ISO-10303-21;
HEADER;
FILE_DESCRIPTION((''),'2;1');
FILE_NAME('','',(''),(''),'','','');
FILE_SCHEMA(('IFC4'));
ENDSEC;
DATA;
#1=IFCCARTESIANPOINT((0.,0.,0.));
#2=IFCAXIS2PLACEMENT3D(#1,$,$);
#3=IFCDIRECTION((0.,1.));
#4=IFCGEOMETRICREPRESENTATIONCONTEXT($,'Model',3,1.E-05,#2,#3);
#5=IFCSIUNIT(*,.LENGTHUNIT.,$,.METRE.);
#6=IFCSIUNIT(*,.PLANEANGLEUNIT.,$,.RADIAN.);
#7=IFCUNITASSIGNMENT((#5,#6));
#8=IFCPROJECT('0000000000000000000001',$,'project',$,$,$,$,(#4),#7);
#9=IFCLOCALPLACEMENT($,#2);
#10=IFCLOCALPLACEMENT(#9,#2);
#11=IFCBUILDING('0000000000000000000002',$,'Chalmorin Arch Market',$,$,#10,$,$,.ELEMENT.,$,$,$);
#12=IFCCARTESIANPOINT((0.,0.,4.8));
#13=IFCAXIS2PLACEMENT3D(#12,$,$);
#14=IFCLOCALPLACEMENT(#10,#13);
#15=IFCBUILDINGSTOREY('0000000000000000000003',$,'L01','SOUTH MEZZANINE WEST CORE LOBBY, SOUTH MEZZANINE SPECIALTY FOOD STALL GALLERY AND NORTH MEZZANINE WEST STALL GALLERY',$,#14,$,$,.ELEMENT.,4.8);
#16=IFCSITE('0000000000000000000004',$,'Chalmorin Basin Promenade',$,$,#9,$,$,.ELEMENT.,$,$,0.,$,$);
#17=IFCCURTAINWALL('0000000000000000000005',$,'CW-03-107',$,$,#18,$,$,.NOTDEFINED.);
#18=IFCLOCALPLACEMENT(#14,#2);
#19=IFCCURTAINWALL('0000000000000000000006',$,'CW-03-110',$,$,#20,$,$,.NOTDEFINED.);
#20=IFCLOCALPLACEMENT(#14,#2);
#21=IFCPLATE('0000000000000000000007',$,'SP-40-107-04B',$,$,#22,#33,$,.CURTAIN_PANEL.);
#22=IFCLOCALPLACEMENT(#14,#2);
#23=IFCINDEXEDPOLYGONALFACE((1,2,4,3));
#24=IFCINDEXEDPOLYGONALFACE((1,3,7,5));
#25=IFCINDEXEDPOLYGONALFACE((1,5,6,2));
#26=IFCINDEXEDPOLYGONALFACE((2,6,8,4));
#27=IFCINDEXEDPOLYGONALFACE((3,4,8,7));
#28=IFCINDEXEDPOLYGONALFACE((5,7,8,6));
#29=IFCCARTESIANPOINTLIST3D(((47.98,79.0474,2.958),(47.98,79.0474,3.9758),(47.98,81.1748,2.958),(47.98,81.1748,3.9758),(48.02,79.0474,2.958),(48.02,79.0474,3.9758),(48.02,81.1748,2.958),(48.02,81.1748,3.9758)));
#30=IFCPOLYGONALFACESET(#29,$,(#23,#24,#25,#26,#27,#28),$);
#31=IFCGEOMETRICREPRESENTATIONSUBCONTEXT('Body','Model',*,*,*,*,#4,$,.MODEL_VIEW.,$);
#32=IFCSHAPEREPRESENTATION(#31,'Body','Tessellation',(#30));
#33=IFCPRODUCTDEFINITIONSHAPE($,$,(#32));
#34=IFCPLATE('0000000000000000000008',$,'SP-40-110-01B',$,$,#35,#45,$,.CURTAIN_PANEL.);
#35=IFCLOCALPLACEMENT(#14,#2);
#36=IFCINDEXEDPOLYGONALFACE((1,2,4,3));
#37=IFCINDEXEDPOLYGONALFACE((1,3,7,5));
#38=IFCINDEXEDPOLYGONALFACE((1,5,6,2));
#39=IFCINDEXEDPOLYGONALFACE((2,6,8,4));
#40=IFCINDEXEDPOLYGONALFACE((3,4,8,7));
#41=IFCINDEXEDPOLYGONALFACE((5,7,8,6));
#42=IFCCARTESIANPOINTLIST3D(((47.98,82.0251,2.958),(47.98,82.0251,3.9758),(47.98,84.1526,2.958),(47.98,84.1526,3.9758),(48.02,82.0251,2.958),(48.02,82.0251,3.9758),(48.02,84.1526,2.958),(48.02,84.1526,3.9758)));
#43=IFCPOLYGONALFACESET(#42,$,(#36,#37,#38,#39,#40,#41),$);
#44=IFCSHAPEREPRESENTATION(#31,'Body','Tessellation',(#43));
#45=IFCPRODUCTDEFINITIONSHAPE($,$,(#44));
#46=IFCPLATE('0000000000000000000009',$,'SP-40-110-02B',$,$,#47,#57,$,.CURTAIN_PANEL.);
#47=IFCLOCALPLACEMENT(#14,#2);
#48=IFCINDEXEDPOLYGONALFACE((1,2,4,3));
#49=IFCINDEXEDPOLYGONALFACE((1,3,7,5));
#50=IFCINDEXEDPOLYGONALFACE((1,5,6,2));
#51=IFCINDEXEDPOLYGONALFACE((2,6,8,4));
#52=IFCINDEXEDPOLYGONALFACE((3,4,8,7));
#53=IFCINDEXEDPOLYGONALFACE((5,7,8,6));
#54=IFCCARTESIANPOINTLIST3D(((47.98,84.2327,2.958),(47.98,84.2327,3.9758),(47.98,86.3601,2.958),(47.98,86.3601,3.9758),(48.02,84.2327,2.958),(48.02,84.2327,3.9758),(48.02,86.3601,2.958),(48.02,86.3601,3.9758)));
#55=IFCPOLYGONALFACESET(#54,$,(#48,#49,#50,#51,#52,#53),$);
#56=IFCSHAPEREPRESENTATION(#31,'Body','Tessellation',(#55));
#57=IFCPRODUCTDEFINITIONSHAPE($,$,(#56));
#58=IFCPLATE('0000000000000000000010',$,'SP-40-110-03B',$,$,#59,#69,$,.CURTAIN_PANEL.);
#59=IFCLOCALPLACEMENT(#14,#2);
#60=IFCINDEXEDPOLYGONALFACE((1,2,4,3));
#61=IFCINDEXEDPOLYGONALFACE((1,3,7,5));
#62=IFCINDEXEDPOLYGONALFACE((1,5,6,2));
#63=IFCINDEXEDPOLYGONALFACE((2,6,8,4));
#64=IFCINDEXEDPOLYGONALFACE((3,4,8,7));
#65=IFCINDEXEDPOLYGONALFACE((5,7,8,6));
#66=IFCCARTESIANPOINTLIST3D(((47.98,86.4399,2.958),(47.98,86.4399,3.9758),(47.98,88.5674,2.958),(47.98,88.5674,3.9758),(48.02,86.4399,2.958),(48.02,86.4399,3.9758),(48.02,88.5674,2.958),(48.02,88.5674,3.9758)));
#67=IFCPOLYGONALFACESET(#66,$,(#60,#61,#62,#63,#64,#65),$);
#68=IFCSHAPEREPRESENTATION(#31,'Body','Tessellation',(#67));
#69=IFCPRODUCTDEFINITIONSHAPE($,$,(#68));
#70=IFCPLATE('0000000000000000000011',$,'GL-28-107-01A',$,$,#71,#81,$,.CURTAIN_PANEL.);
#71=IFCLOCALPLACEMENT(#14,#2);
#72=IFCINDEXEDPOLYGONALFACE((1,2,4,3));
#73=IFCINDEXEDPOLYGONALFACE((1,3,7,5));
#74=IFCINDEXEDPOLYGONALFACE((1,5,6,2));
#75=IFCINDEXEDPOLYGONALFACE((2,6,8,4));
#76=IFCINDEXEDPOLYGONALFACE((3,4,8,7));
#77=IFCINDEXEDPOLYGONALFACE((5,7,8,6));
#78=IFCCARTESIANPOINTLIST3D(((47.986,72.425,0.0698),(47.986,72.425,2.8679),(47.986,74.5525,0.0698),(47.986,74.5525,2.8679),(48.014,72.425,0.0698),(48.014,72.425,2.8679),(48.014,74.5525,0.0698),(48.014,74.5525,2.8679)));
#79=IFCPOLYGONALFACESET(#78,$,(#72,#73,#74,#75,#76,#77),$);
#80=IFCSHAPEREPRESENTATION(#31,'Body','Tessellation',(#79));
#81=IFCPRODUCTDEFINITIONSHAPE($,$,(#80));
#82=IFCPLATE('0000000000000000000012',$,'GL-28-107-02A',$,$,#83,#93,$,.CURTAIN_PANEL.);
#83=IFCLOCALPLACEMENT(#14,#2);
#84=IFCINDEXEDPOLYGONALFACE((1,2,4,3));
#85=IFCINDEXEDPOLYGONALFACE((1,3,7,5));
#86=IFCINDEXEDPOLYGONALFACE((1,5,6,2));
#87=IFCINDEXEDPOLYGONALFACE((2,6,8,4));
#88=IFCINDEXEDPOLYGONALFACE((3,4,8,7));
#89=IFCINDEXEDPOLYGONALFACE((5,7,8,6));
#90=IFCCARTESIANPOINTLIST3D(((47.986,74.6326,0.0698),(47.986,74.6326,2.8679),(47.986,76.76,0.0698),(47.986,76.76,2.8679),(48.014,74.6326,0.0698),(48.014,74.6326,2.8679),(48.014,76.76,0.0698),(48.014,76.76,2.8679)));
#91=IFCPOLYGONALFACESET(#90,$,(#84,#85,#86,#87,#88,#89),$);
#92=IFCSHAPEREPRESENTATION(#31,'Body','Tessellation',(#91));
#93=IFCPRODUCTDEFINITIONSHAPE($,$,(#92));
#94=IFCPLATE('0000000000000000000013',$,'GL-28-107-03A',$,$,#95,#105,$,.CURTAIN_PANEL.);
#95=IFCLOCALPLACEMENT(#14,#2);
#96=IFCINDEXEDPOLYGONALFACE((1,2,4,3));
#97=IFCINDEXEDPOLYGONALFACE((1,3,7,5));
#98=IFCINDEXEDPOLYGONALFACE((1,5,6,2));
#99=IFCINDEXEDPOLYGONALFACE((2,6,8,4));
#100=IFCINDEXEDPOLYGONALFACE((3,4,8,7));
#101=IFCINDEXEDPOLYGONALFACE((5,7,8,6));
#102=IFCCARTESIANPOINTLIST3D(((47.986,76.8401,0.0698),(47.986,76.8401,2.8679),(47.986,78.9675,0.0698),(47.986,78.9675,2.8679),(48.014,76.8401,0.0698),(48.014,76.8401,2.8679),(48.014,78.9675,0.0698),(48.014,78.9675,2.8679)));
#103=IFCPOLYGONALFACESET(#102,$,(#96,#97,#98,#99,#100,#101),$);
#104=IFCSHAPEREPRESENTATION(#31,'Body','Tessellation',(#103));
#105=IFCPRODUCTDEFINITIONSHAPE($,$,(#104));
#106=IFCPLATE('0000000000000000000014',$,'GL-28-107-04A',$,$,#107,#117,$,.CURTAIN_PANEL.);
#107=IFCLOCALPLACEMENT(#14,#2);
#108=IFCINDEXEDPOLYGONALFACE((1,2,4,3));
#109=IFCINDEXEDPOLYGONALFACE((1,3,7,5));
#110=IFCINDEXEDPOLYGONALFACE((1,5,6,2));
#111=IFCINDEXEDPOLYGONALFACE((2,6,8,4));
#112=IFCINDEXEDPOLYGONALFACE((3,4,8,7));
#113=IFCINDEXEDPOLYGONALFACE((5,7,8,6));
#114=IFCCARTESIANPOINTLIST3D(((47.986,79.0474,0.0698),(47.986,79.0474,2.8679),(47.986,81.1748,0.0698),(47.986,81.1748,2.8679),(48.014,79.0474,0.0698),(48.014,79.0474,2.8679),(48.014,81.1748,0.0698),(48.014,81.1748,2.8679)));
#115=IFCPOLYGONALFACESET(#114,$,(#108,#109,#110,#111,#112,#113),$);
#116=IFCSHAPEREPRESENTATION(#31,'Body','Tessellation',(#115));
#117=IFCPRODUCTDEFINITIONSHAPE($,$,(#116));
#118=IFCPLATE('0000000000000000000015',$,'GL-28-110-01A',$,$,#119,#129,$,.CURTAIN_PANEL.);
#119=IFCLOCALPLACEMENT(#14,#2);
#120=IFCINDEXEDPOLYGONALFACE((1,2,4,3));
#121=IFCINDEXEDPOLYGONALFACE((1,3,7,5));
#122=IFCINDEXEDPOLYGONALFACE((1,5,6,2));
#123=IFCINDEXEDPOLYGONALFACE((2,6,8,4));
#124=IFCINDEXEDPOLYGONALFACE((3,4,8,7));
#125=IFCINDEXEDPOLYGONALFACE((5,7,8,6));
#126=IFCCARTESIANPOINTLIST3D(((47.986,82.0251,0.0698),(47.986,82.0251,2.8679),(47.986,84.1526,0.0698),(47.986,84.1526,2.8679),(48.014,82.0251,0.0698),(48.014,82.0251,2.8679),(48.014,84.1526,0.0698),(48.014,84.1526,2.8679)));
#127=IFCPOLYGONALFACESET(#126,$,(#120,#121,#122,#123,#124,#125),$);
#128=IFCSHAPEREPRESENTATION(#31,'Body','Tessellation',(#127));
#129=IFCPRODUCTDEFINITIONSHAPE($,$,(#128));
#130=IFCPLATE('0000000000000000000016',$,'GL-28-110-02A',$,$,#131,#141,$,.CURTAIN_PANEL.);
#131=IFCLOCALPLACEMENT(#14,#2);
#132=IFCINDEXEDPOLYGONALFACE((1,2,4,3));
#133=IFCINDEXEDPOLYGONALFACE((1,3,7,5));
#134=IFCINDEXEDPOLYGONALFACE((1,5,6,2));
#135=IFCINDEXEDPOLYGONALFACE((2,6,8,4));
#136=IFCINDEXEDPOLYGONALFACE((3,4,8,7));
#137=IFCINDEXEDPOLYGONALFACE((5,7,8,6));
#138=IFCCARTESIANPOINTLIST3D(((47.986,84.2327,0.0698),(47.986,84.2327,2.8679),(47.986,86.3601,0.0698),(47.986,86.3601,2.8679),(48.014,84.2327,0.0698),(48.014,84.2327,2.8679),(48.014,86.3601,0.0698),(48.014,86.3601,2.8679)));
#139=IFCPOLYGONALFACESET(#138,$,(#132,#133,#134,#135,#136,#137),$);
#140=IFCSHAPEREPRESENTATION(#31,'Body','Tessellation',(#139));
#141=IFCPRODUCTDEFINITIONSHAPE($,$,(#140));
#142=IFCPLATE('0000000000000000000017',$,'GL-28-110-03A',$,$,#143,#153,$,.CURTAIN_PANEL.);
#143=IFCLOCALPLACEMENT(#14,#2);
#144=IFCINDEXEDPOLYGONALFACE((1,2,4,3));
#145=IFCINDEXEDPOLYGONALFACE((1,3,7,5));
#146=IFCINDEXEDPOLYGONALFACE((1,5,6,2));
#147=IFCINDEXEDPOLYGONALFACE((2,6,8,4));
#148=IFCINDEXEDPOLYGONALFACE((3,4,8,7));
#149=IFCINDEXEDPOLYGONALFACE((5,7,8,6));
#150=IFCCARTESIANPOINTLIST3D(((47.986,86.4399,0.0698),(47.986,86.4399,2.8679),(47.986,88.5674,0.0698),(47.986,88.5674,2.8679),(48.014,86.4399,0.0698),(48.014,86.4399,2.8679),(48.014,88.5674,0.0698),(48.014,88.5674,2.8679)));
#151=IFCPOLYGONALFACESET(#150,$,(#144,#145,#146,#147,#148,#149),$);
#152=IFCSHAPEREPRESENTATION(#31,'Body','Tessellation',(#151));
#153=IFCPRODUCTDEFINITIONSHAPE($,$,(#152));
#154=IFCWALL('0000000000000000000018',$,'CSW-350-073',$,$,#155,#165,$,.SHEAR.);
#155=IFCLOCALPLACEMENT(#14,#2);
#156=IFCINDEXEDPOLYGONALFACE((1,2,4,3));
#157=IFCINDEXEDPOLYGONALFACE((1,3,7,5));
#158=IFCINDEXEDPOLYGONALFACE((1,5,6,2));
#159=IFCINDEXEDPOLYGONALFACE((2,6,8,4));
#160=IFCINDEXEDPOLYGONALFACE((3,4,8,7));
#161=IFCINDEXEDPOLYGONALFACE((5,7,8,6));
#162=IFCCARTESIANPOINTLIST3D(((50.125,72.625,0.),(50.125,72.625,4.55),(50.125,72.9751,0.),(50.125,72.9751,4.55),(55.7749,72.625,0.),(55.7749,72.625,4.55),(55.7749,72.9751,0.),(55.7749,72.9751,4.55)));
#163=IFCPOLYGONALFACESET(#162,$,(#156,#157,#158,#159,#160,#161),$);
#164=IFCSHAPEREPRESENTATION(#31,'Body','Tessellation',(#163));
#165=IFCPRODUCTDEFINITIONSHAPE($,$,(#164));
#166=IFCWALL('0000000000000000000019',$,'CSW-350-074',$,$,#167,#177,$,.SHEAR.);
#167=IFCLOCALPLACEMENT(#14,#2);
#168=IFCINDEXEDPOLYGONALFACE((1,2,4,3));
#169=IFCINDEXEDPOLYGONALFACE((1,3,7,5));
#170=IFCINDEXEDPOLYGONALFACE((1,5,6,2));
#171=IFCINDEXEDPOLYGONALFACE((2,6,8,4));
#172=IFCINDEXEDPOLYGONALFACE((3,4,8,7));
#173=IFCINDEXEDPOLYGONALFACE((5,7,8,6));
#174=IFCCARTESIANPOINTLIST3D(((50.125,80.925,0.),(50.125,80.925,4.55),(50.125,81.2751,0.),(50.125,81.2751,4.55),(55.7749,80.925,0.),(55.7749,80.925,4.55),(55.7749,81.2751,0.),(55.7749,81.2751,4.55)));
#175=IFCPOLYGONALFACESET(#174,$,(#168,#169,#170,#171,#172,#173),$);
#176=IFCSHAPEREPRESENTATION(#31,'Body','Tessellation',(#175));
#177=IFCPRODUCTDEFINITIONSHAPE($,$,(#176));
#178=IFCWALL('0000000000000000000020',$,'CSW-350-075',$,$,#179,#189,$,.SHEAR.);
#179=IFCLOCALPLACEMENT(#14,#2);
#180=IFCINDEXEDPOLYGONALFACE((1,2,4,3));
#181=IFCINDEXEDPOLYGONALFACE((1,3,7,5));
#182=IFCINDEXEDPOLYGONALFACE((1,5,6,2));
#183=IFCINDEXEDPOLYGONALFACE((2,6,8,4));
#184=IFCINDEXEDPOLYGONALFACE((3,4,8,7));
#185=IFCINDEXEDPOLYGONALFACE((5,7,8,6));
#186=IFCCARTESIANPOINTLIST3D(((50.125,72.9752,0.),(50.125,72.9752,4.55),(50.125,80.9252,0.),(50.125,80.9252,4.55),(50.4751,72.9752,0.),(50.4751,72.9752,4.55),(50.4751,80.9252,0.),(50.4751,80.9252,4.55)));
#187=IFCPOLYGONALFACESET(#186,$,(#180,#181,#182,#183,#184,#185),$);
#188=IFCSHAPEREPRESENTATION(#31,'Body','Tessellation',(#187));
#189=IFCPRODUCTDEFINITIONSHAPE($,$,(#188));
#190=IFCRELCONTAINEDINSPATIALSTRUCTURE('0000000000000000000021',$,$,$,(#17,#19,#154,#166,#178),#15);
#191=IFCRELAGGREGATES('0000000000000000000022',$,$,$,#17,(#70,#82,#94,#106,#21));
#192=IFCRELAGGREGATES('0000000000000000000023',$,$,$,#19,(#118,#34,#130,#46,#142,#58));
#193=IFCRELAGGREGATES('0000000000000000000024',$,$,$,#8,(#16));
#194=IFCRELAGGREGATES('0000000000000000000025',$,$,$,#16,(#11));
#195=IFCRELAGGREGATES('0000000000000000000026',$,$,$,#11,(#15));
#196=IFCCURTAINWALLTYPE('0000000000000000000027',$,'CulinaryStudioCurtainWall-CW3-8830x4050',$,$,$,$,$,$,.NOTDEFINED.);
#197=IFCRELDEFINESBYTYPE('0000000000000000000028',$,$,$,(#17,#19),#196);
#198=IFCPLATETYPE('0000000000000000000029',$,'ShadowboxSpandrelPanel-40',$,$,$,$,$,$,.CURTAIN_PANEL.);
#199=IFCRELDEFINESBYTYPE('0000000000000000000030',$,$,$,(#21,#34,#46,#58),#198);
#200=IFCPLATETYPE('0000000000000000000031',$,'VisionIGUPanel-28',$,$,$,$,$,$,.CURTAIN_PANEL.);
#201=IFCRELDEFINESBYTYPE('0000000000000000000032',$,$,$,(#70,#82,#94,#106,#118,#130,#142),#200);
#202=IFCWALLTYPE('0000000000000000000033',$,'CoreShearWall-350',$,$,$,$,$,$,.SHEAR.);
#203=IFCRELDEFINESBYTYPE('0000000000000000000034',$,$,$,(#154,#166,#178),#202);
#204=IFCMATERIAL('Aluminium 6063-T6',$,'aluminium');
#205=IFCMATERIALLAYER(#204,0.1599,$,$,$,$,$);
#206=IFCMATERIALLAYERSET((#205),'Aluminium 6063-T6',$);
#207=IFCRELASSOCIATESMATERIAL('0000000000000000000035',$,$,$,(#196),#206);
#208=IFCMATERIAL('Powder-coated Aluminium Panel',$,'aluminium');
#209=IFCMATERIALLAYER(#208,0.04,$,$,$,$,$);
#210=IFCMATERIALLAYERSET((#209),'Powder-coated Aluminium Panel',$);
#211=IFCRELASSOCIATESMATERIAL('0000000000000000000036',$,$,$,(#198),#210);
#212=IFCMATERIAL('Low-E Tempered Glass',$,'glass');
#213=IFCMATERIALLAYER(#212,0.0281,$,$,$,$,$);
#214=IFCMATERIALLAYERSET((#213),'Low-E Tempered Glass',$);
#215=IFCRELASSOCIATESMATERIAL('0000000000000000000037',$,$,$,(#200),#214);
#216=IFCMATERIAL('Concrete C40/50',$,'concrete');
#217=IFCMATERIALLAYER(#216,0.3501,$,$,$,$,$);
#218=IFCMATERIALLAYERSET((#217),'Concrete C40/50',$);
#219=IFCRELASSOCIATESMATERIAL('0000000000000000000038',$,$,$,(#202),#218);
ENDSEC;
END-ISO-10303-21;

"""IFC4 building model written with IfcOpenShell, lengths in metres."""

from ifc_helpers import new_model, si_unit, direction, frame, frame_2d, origin, origin_2d, place, context, subcontext, project, spatial, rectangle, extrude, material, layer, layer_set, type_object, element, aggregate, save


model = new_model("IFC4")

# Units and contexts
model_context = context("Model", 3, precision=1e-05, world=origin(), true_north=direction((0.0, 1.0)))
body_context = subcontext(model_context, "Body", "Model", "MODEL_VIEW")
ifc_project = project(units=[si_unit("LENGTHUNIT", "METRE"), si_unit("PLANEANGLEUNIT", "RADIAN")], contexts=[model_context])

# Site, building, storey
site_placement = place(None, origin())
site = spatial("IfcSite", under=ifc_project, at=site_placement, Name="Chalmorin Basin Promenade", CompositionType="ELEMENT", RefElevation=0.0)
building_placement = place(site_placement, origin())
building = spatial("IfcBuilding", under=site, at=building_placement, Name="Chalmorin Arch Market", CompositionType="ELEMENT")
storey_placement = place(building_placement, frame((0.0, 0.0, 4.8)))
storey = spatial("IfcBuildingStorey", under=building, at=storey_placement, Name="L01", Description="SOUTH MEZZANINE WEST CORE LOBBY, SOUTH MEZZANINE SPECIALTY FOOD STALL GALLERY AND NORTH MEZZANINE WEST STALL GALLERY", CompositionType="ELEMENT", Elevation=4.8)

# Shared definitions
ifc_material_1 = material(Name="Concrete C40/50", Category="concrete")

# Curtain walls
ifc_material_2 = material(Name="Aluminium 6063-T6", Category="aluminium")
ifc_layer_1 = layer(ifc_material_2, 0.1599)
ifc_layer_set_1 = layer_set([ifc_layer_1], Name="Aluminium 6063-T6")
curtain_wall_type = type_object("IfcCurtainWallType", Name="CulinaryStudioCurtainWall-CW3-8830x4050", PredefinedType="NOTDEFINED", material=ifc_layer_set_1)
curtain_wall_1_placement = place(storey_placement, origin())
curtain_wall_1 = element("IfcCurtainWall", 1, at=curtain_wall_1_placement, inside=storey, type_object=curtain_wall_type, Name="CW-03-107", PredefinedType="NOTDEFINED")
curtain_wall_2_placement = place(storey_placement, origin())
curtain_wall_2 = element("IfcCurtainWall", 2, at=curtain_wall_2_placement, inside=storey, type_object=curtain_wall_type, Name="CW-03-110", PredefinedType="NOTDEFINED")

# Plates
ifc_material_3 = material(Name="Powder-coated Aluminium Panel", Category="aluminium")
ifc_layer_2 = layer(ifc_material_3, 0.04)
ifc_layer_set_2 = layer_set([ifc_layer_2], Name="Powder-coated Aluminium Panel")
plate_type_1 = type_object("IfcPlateType", Name="ShadowboxSpandrelPanel-40", PredefinedType="CURTAIN_PANEL", material=ifc_layer_set_2)
plate_1_placement = place(storey_placement, frame((48.0, 80.1111, 2.958), z_axis=(0.0, 0.0, 1.0), x_axis=(0.0, 1.0, 0.0)))
plate_1 = element("IfcPlate", 3, at=plate_1_placement, type_object=plate_type_1, Name="SP-40-107-04B", PredefinedType="CURTAIN_PANEL", context=body_context, shape_type="SweptSolid", body=[
    extrude(rectangle(XDim=2.1274, YDim=0.04, at=origin_2d()), origin(), (0.0, 0.0, 1.0), 1.0178),
])
plate_2_placement = place(storey_placement, frame((48.0, 83.0889, 2.958), z_axis=(0.0, 0.0, 1.0), x_axis=(0.0, 1.0, 0.0)))
plate_2 = element("IfcPlate", 4, at=plate_2_placement, type_object=plate_type_1, Name="SP-40-110-01B", PredefinedType="CURTAIN_PANEL", context=body_context, shape_type="SweptSolid", body=[
    extrude(rectangle(XDim=2.1274, YDim=0.04, at=origin_2d()), origin(), (0.0, 0.0, 1.0), 1.0178),
])
plate_3_placement = place(storey_placement, frame((48.0, 85.2964, 2.958), z_axis=(0.0, 0.0, 1.0), x_axis=(0.0, 1.0, 0.0)))
plate_3 = element("IfcPlate", 5, at=plate_3_placement, type_object=plate_type_1, Name="SP-40-110-02B", PredefinedType="CURTAIN_PANEL", context=body_context, shape_type="SweptSolid", body=[
    extrude(rectangle(XDim=2.1274, YDim=0.04, at=origin_2d()), origin(), (0.0, 0.0, 1.0), 1.0178),
])
plate_4_placement = place(storey_placement, frame((48.0, 87.5037, 2.958), z_axis=(0.0, 0.0, 1.0), x_axis=(0.0, 1.0, 0.0)))
plate_4 = element("IfcPlate", 6, at=plate_4_placement, type_object=plate_type_1, Name="SP-40-110-03B", PredefinedType="CURTAIN_PANEL", context=body_context, shape_type="SweptSolid", body=[
    extrude(rectangle(XDim=2.1274, YDim=0.04, at=origin_2d()), origin(), (0.0, 0.0, 1.0), 1.0178),
])
ifc_material_4 = material(Name="Low-E Tempered Glass", Category="glass")
ifc_layer_3 = layer(ifc_material_4, 0.0281)
ifc_layer_set_3 = layer_set([ifc_layer_3], Name="Low-E Tempered Glass")
plate_type_2 = type_object("IfcPlateType", Name="VisionIGUPanel-28", PredefinedType="CURTAIN_PANEL", material=ifc_layer_set_3)
plate_5_placement = place(storey_placement, frame((48.0, 73.4888, 0.0698), z_axis=(0.0, 0.0, 1.0), x_axis=(0.0, 1.0, 0.0)))
plate_5 = element("IfcPlate", 7, at=plate_5_placement, type_object=plate_type_2, Name="GL-28-107-01A", PredefinedType="CURTAIN_PANEL", context=body_context, shape_type="SweptSolid", body=[
    extrude(rectangle(XDim=2.1274, YDim=0.0281, at=origin_2d()), origin(), (0.0, 0.0, 1.0), 2.7981),
])
plate_6_placement = place(storey_placement, frame((48.0, 75.6963, 0.0698), z_axis=(0.0, 0.0, 1.0), x_axis=(0.0, 1.0, 0.0)))
plate_6 = element("IfcPlate", 8, at=plate_6_placement, type_object=plate_type_2, Name="GL-28-107-02A", PredefinedType="CURTAIN_PANEL", context=body_context, shape_type="SweptSolid", body=[
    extrude(rectangle(XDim=2.1274, YDim=0.0281, at=origin_2d()), origin(), (0.0, 0.0, 1.0), 2.7981),
])
plate_7_placement = place(storey_placement, frame((48.0, 77.9038, 0.0698), z_axis=(0.0, 0.0, 1.0), x_axis=(0.0, 1.0, 0.0)))
plate_7 = element("IfcPlate", 9, at=plate_7_placement, type_object=plate_type_2, Name="GL-28-107-03A", PredefinedType="CURTAIN_PANEL", context=body_context, shape_type="SweptSolid", body=[
    extrude(rectangle(XDim=2.1274, YDim=0.0281, at=origin_2d()), origin(), (0.0, 0.0, 1.0), 2.7981),
])
plate_8_placement = place(storey_placement, frame((48.0, 80.1111, 0.0698), z_axis=(0.0, 0.0, 1.0), x_axis=(0.0, 1.0, 0.0)))
plate_8 = element("IfcPlate", 10, at=plate_8_placement, type_object=plate_type_2, Name="GL-28-107-04A", PredefinedType="CURTAIN_PANEL", context=body_context, shape_type="SweptSolid", body=[
    extrude(rectangle(XDim=2.1274, YDim=0.0281, at=origin_2d()), origin(), (0.0, 0.0, 1.0), 2.7981),
])
aggregate(curtain_wall_1, [plate_5, plate_6, plate_7, plate_8, plate_1])
plate_9_placement = place(storey_placement, frame((48.0, 83.0889, 0.0698), z_axis=(0.0, 0.0, 1.0), x_axis=(0.0, 1.0, 0.0)))
plate_9 = element("IfcPlate", 11, at=plate_9_placement, type_object=plate_type_2, Name="GL-28-110-01A", PredefinedType="CURTAIN_PANEL", context=body_context, shape_type="SweptSolid", body=[
    extrude(rectangle(XDim=2.1274, YDim=0.0281, at=origin_2d()), origin(), (0.0, 0.0, 1.0), 2.7981),
])
plate_10_placement = place(storey_placement, frame((48.0, 85.2964, 0.0698), z_axis=(0.0, 0.0, 1.0), x_axis=(0.0, 1.0, 0.0)))
plate_10 = element("IfcPlate", 12, at=plate_10_placement, type_object=plate_type_2, Name="GL-28-110-02A", PredefinedType="CURTAIN_PANEL", context=body_context, shape_type="SweptSolid", body=[
    extrude(rectangle(XDim=2.1274, YDim=0.0281, at=origin_2d()), origin(), (0.0, 0.0, 1.0), 2.7981),
])
plate_11_placement = place(storey_placement, frame((48.0, 87.5037, 0.0698), z_axis=(0.0, 0.0, 1.0), x_axis=(0.0, 1.0, 0.0)))
plate_11 = element("IfcPlate", 13, at=plate_11_placement, type_object=plate_type_2, Name="GL-28-110-03A", PredefinedType="CURTAIN_PANEL", context=body_context, shape_type="SweptSolid", body=[
    extrude(rectangle(XDim=2.1274, YDim=0.0281, at=origin_2d()), origin(), (0.0, 0.0, 1.0), 2.7981),
])
aggregate(curtain_wall_2, [plate_9, plate_2, plate_10, plate_3, plate_11, plate_4])

# Walls
ifc_layer_4 = layer(ifc_material_1, 0.3501)
ifc_layer_set_4 = layer_set([ifc_layer_4], Name="Concrete C40/50")
wall_type = type_object("IfcWallType", Name="CoreShearWall-350", PredefinedType="SHEAR", material=ifc_layer_set_4)
for number, where, z_axis, x_axis, name in (
    (14, (55.7749, 72.8, 0.0), (0.0, 0.0, 1.0), (-1.0, 0.0, 0.0), "CSW-350-073"),
    (15, (50.125, 81.1001, 0.0), (0.0, 0.0, 1.0), (1.0, 0.0, 0.0), "CSW-350-074"),
):
    element("IfcWall", number, at=place(storey_placement, frame(where, z_axis=z_axis, x_axis=x_axis)), inside=storey, type_object=wall_type, Name=name, PredefinedType="SHEAR", context=body_context, shape_type="SweptSolid", body=[
        extrude(rectangle(XDim=5.6499, YDim=0.3501, at=frame_2d((2.825, 0.0))), origin(), (0.0, 0.0, 1.0), 4.55),
    ])
wall_1_placement = place(storey_placement, frame((50.3, 72.9751, 0.0), z_axis=(0.0, 0.0, 1.0), x_axis=(0.0, 1.0, 0.0)))
element("IfcWall", 16, at=wall_1_placement, inside=storey, type_object=wall_type, Name="CSW-350-075", PredefinedType="SHEAR", context=body_context, shape_type="SweptSolid", body=[
    extrude(rectangle(XDim=7.95, YDim=0.3501, at=frame_2d((3.9751, 0.0))), origin(), (0.0, 0.0, 1.0), 4.55),
])

save(model, "model.ifc")
